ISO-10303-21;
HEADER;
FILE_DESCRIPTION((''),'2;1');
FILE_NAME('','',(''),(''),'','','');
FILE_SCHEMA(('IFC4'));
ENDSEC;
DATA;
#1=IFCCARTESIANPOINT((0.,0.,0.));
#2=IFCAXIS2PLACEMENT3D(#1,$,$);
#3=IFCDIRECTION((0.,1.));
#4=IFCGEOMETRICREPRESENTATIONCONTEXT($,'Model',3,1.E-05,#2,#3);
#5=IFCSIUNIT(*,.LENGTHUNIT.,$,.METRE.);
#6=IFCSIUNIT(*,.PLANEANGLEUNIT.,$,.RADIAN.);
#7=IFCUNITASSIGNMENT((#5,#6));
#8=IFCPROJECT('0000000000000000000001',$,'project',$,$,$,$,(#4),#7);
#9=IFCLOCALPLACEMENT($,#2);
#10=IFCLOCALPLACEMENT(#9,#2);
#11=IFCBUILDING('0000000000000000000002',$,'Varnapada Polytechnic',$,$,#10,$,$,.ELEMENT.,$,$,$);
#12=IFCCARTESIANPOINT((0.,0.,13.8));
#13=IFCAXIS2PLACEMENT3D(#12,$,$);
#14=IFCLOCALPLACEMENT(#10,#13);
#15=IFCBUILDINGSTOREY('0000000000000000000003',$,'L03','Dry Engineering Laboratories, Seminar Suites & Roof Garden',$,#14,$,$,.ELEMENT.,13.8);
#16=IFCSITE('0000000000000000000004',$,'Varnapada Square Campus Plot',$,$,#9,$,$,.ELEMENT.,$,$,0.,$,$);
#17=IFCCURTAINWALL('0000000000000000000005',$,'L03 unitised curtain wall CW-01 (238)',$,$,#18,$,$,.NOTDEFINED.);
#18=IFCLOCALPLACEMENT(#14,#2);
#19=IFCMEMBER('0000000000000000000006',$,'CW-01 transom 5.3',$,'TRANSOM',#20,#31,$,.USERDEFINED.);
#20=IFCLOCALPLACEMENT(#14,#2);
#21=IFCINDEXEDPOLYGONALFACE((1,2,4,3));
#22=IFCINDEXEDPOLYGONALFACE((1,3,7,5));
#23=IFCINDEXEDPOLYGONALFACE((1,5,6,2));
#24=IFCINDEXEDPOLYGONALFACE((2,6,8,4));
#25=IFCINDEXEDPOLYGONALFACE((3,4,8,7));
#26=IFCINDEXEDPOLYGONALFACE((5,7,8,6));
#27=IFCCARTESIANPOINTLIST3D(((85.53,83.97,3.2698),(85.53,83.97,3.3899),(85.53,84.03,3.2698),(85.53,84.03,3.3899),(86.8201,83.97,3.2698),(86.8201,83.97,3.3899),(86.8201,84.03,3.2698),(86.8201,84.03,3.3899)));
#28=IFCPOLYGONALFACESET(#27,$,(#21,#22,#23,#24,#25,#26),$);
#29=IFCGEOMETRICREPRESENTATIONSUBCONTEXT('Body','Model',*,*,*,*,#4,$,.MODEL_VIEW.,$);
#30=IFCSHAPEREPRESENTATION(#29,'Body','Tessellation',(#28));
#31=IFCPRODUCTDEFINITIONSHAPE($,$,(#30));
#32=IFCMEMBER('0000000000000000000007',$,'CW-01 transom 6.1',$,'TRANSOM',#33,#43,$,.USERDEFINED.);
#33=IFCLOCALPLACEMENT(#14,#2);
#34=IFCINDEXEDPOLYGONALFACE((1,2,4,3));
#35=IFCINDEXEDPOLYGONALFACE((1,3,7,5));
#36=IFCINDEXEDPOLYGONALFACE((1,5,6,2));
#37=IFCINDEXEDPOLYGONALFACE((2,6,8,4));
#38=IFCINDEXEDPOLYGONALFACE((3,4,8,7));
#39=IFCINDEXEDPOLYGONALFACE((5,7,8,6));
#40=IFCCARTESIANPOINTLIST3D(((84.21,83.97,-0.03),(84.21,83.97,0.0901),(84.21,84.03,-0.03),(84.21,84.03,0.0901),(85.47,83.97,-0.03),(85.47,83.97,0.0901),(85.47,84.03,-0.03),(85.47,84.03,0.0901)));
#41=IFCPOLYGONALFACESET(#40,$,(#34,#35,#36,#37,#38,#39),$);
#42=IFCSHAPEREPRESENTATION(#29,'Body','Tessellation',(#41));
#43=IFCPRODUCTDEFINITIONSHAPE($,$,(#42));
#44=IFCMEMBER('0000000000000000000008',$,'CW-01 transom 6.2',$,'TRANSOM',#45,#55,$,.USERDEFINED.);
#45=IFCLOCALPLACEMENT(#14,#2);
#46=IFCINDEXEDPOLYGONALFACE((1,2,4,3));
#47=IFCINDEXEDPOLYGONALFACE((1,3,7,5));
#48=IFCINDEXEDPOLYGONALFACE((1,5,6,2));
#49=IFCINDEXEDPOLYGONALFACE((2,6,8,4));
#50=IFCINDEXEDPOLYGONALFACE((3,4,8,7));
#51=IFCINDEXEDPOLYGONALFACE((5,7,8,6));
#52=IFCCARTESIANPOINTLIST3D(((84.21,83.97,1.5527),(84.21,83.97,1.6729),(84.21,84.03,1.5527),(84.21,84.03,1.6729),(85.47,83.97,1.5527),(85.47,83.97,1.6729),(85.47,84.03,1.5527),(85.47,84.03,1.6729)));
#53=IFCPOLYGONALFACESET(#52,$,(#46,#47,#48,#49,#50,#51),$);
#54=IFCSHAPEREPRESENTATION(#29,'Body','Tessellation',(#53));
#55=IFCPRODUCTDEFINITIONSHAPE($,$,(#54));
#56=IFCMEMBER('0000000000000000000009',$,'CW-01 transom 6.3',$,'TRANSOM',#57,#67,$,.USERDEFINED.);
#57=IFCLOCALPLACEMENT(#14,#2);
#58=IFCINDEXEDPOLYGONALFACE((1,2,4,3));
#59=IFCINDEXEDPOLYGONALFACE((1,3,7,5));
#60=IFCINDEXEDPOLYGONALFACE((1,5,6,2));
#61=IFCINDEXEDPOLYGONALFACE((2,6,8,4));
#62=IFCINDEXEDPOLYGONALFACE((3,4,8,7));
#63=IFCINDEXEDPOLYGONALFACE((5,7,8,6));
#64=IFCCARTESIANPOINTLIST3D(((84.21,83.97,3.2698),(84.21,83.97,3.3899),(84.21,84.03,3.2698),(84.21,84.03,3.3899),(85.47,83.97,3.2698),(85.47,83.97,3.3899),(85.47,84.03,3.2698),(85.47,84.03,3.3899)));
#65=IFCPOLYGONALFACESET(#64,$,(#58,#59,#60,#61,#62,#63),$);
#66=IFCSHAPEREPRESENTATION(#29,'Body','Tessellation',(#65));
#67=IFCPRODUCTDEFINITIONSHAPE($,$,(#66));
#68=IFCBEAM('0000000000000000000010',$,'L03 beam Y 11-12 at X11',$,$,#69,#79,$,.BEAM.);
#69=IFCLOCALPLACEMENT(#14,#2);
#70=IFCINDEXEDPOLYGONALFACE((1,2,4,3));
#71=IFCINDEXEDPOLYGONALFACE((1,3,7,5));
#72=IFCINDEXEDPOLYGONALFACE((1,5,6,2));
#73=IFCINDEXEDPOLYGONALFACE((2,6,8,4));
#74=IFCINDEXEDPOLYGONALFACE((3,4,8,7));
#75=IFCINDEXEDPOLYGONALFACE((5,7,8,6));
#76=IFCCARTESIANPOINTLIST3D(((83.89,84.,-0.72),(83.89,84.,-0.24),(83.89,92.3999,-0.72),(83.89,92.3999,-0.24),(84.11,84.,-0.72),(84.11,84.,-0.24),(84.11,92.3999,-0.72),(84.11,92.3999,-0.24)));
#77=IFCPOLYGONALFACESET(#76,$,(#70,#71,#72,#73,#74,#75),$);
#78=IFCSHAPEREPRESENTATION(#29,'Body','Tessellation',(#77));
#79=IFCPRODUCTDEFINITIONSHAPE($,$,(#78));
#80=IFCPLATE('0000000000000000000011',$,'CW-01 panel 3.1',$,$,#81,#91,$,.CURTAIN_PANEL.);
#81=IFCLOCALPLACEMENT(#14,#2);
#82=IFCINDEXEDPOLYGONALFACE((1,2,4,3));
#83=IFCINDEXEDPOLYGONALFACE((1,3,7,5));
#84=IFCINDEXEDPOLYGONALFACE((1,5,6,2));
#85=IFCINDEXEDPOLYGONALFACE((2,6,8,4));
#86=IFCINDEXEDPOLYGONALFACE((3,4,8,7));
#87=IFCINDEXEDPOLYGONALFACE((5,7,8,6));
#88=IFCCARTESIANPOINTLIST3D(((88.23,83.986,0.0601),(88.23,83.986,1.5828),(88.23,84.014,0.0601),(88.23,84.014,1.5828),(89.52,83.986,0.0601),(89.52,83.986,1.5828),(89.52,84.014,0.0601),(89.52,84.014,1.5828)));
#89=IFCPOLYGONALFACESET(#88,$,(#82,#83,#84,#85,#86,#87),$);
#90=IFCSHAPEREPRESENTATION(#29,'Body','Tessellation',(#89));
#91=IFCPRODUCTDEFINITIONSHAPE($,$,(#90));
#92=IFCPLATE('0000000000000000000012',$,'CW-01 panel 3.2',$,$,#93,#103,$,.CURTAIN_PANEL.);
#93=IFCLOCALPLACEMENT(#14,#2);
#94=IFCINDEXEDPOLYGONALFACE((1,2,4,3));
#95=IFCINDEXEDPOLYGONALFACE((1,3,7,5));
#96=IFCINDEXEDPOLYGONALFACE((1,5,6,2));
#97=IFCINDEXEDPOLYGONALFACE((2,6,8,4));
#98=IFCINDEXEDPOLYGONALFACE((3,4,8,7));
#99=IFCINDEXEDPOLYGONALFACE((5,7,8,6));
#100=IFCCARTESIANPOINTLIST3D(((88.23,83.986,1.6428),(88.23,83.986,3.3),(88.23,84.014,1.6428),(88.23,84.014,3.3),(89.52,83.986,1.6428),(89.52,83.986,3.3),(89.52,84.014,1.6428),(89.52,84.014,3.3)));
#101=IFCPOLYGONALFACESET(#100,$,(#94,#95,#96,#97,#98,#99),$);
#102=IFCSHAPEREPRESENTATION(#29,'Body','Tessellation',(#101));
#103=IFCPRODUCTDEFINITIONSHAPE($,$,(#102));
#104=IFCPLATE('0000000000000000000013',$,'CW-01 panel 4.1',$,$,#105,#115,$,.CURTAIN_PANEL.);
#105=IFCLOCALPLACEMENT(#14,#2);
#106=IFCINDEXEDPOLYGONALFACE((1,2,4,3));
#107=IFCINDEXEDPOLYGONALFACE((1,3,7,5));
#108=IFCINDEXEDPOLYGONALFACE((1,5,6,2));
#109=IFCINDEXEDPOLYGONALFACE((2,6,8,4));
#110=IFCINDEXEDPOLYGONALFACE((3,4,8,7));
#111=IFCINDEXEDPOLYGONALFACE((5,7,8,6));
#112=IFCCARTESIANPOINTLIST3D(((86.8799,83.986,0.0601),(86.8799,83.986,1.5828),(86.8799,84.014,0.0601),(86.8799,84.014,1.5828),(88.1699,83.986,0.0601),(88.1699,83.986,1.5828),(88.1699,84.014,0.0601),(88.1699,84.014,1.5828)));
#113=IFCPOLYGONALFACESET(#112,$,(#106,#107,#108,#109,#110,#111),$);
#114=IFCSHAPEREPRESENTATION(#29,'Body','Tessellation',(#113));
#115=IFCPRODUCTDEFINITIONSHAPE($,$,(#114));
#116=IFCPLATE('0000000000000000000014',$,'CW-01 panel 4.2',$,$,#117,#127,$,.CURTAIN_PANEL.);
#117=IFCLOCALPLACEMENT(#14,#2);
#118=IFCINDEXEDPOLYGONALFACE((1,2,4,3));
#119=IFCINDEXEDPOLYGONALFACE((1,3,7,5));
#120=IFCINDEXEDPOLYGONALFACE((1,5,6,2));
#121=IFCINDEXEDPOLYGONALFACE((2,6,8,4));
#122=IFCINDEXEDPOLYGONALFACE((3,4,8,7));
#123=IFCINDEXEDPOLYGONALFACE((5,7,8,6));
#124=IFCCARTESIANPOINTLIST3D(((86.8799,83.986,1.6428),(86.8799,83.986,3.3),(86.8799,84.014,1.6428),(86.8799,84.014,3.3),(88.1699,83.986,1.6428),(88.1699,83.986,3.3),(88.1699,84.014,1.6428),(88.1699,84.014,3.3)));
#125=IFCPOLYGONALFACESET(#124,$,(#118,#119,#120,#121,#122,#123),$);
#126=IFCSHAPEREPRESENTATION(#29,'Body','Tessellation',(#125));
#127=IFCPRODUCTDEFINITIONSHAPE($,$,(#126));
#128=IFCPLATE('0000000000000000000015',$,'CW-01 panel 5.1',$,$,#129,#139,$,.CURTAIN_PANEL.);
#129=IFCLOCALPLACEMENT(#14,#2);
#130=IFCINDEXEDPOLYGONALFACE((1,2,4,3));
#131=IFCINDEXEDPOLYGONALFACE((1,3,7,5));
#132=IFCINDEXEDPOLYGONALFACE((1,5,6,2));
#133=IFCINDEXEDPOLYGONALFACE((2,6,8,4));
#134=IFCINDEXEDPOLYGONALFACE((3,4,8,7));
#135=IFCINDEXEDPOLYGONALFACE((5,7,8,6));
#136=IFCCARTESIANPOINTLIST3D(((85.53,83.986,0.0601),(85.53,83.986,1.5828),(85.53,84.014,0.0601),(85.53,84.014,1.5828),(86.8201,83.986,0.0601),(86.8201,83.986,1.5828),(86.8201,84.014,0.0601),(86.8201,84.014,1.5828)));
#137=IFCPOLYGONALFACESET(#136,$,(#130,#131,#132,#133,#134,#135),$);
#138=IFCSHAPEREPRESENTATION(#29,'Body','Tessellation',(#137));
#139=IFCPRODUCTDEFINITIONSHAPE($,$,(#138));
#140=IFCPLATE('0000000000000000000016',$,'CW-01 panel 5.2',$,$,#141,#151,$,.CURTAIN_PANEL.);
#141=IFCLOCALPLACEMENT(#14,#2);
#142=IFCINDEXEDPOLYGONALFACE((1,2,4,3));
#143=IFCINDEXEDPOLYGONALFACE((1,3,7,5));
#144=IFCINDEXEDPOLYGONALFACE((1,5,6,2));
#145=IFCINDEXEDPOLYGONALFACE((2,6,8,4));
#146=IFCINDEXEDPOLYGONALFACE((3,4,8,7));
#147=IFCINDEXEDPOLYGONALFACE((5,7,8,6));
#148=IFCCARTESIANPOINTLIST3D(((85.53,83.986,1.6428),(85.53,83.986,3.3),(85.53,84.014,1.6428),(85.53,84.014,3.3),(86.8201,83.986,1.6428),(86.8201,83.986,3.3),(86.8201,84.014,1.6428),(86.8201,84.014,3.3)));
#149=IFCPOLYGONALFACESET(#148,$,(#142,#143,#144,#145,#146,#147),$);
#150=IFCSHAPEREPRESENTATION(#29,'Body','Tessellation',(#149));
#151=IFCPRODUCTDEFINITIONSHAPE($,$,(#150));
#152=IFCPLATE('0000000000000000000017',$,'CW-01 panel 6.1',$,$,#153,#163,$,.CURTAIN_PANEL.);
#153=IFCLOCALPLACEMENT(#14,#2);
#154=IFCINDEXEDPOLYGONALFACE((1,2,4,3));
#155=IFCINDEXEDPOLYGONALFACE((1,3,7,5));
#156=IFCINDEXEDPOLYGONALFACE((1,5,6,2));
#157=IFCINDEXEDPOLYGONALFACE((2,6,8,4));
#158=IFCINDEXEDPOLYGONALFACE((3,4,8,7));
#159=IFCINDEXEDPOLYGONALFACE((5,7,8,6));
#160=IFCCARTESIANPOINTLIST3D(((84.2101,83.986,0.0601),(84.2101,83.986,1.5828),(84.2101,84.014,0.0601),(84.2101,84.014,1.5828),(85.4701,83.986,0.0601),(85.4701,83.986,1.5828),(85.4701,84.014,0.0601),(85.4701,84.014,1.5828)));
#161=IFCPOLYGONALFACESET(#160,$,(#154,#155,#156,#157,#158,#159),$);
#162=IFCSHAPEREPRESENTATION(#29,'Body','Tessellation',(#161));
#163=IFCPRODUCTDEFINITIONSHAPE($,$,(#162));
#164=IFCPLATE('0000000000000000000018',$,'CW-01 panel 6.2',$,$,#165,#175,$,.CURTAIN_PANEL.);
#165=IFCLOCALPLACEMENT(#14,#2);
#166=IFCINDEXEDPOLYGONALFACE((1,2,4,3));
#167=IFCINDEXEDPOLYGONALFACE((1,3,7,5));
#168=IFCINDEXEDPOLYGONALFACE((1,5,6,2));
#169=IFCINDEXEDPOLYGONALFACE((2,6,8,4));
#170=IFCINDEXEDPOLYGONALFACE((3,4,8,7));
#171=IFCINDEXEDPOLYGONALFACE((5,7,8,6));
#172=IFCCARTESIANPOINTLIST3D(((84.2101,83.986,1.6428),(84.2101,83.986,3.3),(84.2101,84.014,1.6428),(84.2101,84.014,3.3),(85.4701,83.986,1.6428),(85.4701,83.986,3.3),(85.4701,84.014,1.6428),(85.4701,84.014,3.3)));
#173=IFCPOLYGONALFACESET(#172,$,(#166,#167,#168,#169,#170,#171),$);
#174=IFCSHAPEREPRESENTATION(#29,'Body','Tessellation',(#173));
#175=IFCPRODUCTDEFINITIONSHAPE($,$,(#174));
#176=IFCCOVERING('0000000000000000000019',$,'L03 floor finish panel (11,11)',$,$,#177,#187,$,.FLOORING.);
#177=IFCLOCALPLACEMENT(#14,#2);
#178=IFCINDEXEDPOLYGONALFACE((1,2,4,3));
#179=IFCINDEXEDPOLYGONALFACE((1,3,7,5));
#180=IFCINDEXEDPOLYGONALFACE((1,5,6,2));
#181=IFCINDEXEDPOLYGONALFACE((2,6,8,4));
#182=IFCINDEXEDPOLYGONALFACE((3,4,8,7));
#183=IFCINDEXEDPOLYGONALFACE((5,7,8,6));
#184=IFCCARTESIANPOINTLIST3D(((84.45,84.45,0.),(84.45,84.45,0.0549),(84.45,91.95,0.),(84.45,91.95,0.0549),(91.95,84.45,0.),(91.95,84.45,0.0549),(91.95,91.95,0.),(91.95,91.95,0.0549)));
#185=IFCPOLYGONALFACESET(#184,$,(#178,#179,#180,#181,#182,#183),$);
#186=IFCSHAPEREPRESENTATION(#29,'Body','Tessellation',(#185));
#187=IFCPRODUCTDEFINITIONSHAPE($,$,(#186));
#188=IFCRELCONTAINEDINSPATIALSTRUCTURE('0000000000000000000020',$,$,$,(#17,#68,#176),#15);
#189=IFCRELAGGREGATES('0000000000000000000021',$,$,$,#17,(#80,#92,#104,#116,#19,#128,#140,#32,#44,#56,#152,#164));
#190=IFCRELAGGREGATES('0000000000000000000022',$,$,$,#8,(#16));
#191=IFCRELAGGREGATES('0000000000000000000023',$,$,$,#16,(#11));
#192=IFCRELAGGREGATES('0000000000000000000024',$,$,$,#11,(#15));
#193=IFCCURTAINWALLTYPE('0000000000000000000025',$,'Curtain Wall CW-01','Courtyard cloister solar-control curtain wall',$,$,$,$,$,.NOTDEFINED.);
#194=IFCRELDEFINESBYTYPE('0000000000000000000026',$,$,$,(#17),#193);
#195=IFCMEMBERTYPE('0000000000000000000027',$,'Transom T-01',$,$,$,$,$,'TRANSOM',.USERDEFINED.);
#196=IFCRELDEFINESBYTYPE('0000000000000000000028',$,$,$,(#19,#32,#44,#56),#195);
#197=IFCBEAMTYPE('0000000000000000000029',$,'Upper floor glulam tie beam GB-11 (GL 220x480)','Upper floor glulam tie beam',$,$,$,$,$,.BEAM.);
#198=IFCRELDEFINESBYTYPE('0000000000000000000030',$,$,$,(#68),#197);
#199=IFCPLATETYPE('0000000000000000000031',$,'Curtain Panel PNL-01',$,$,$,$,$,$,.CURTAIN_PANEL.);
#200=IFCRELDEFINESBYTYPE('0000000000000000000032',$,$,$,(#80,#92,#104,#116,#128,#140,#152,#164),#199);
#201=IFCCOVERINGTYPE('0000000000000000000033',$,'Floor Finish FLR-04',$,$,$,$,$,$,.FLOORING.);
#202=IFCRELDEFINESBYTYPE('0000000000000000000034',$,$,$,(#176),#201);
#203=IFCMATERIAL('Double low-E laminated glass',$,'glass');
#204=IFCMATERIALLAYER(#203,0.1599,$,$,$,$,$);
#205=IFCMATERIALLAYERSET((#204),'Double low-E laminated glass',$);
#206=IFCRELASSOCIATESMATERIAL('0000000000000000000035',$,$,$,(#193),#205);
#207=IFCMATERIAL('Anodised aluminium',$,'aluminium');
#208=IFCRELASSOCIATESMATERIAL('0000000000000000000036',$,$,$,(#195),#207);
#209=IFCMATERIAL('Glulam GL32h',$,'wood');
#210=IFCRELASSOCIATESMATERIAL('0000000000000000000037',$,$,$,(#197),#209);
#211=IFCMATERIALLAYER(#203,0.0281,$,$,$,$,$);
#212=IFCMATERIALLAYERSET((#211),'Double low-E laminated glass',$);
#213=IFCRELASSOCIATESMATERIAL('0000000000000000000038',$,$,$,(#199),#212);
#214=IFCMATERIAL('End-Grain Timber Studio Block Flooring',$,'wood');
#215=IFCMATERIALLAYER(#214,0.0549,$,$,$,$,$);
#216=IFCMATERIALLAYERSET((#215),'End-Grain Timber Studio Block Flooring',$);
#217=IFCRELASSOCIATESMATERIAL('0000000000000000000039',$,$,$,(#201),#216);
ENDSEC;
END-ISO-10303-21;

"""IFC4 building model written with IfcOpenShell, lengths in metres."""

from ifc_helpers import new_model, si_unit, direction, frame, origin, origin_2d, place, context, subcontext, project, spatial, rectangle, extrude, material, layer, layer_set, material_profile, profile_set, type_object, element, aggregate, save


model = new_model("IFC4")

# Units and contexts
model_context = context("Model", 3, precision=1e-05, world=origin(), true_north=direction((0.0, 1.0)))
body_context = subcontext(model_context, "Body", "Model", "MODEL_VIEW")
ifc_project = project(units=[si_unit("LENGTHUNIT", "METRE"), si_unit("PLANEANGLEUNIT", "RADIAN")], contexts=[model_context])

# Site, building, storey
site_placement = place(None, origin())
site = spatial("IfcSite", under=ifc_project, at=site_placement, Name="Varnapada Square Campus Plot", CompositionType="ELEMENT", RefElevation=0.0)
building_placement = place(site_placement, origin())
building = spatial("IfcBuilding", under=site, at=building_placement, Name="Varnapada Polytechnic", CompositionType="ELEMENT")
storey_placement = place(building_placement, frame((0.0, 0.0, 13.8)))
storey = spatial("IfcBuildingStorey", under=building, at=storey_placement, Name="L03", Description="Dry Engineering Laboratories, Seminar Suites & Roof Garden", CompositionType="ELEMENT", Elevation=13.8)

# Shared definitions
ifc_material_1 = material(Name="Glulam GL32h", Category="wood")

# Curtain wall
ifc_material_2 = material(Name="Double low-E laminated glass", Category="glass")
ifc_layer_1 = layer(ifc_material_2, 0.1599)
ifc_layer_set_1 = layer_set([ifc_layer_1], Name="Double low-E laminated glass")
curtain_wall_type = type_object("IfcCurtainWallType", Name="Curtain Wall CW-01", Description="Courtyard cloister solar-control curtain wall", PredefinedType="NOTDEFINED", material=ifc_layer_set_1)
curtain_wall_placement = place(storey_placement, origin())
curtain_wall = element("IfcCurtainWall", 1, at=curtain_wall_placement, inside=storey, type_object=curtain_wall_type, Name="L03 unitised curtain wall CW-01 (238)", PredefinedType="NOTDEFINED")
ifc_material_3 = material(Name="Anodised aluminium", Category="aluminium")

# Members
ifc_material_profile_1 = material_profile(ifc_material_3, rectangle(XDim=0.0601, YDim=0.1201, at=origin_2d()), Name="ALU T60x120")
ifc_profile_set_1 = profile_set([ifc_material_profile_1], Name="Anodised aluminium")
member_type_1 = type_object("IfcMemberType", Name="Transom T-01", ElementType="TRANSOM", PredefinedType="USERDEFINED", material=ifc_profile_set_1)
member_1_placement = place(storey_placement, frame((86.8201, 84.0, 3.3298), z_axis=(-1.0, 0.0, 0.0), x_axis=(0.0, -1.0, 0.0)))
member_1 = element("IfcMember", 2, at=member_1_placement, type_object=member_type_1, Name="CW-01 transom 5.3", ObjectType="TRANSOM", PredefinedType="USERDEFINED", context=body_context, shape_type="SweptSolid", body=[
    extrude(rectangle(XDim=0.0601, YDim=0.1201, at=origin_2d()), origin(), (0.0, 0.0, 1.0), 1.29),
])
member_2_placement = place(storey_placement, frame((85.47, 84.0, 0.03), z_axis=(-1.0, 0.0, 0.0), x_axis=(0.0, -1.0, 0.0)))
member_2 = element("IfcMember", 3, at=member_2_placement, type_object=member_type_1, Name="CW-01 transom 6.1", ObjectType="TRANSOM", PredefinedType="USERDEFINED", context=body_context, shape_type="SweptSolid", body=[
    extrude(rectangle(XDim=0.0601, YDim=0.1201, at=origin_2d()), origin(), (0.0, 0.0, 1.0), 1.26),
])
member_3_placement = place(storey_placement, frame((85.47, 84.0, 1.6128), z_axis=(-1.0, 0.0, 0.0), x_axis=(0.0, -1.0, 0.0)))
member_3 = element("IfcMember", 4, at=member_3_placement, type_object=member_type_1, Name="CW-01 transom 6.2", ObjectType="TRANSOM", PredefinedType="USERDEFINED", context=body_context, shape_type="SweptSolid", body=[
    extrude(rectangle(XDim=0.0601, YDim=0.1201, at=origin_2d()), origin(), (0.0, 0.0, 1.0), 1.26),
])
member_4_placement = place(storey_placement, frame((85.47, 84.0, 3.3298), z_axis=(-1.0, 0.0, 0.0), x_axis=(0.0, -1.0, 0.0)))
member_4 = element("IfcMember", 5, at=member_4_placement, type_object=member_type_1, Name="CW-01 transom 6.3", ObjectType="TRANSOM", PredefinedType="USERDEFINED", context=body_context, shape_type="SweptSolid", body=[
    extrude(rectangle(XDim=0.0601, YDim=0.1201, at=origin_2d()), origin(), (0.0, 0.0, 1.0), 1.26),
])

# Beam
ifc_material_profile_2 = material_profile(ifc_material_1, rectangle(XDim=0.22, YDim=0.48, at=origin_2d()), Name="GL 220x480")
ifc_profile_set_2 = profile_set([ifc_material_profile_2], Name="Glulam GL32h")
beam_type_1 = type_object("IfcBeamType", Name="Upper floor glulam tie beam GB-11 (GL 220x480)", Description="Upper floor glulam tie beam", PredefinedType="BEAM", material=ifc_profile_set_2)
beam_1_placement = place(storey_placement, frame((84.0, 84.0, -0.48), z_axis=(0.0, 1.0, 0.0), x_axis=(-1.0, 0.0, 0.0)))
element("IfcBeam", 6, at=beam_1_placement, inside=storey, type_object=beam_type_1, Name="L03 beam Y 11-12 at X11", PredefinedType="BEAM", context=body_context, shape_type="SweptSolid", body=[
    extrude(rectangle(XDim=0.22, YDim=0.48, at=origin_2d()), origin(), (0.0, 0.0, 1.0), 8.3999),
])

# Plates
ifc_layer_2 = layer(ifc_material_2, 0.0281)
ifc_layer_set_2 = layer_set([ifc_layer_2], Name="Double low-E laminated glass")
plate_type = type_object("IfcPlateType", Name="Curtain Panel PNL-01", PredefinedType="CURTAIN_PANEL", material=ifc_layer_set_2)
plate_1_placement = place(storey_placement, frame((88.875, 84.0, 0.0601), z_axis=(0.0, 0.0, 1.0), x_axis=(-1.0, 0.0, 0.0)))
plate_1 = element("IfcPlate", 7, at=plate_1_placement, type_object=plate_type, Name="CW-01 panel 3.1", PredefinedType="CURTAIN_PANEL", context=body_context, shape_type="SweptSolid", body=[
    extrude(rectangle(XDim=1.29, YDim=0.0281, at=origin_2d()), origin(), (0.0, 0.0, 1.0), 1.5227),
])
plate_2_placement = place(storey_placement, frame((88.875, 84.0, 1.6428), z_axis=(0.0, 0.0, 1.0), x_axis=(-1.0, 0.0, 0.0)))
plate_2 = element("IfcPlate", 8, at=plate_2_placement, type_object=plate_type, Name="CW-01 panel 3.2", PredefinedType="CURTAIN_PANEL", context=body_context, shape_type="SweptSolid", body=[
    extrude(rectangle(XDim=1.29, YDim=0.0281, at=origin_2d()), origin(), (0.0, 0.0, 1.0), 1.6572),
])
plate_3_placement = place(storey_placement, frame((87.5249, 84.0, 0.0601), z_axis=(0.0, 0.0, 1.0), x_axis=(-1.0, 0.0, 0.0)))
plate_3 = element("IfcPlate", 9, at=plate_3_placement, type_object=plate_type, Name="CW-01 panel 4.1", PredefinedType="CURTAIN_PANEL", context=body_context, shape_type="SweptSolid", body=[
    extrude(rectangle(XDim=1.29, YDim=0.0281, at=origin_2d()), origin(), (0.0, 0.0, 1.0), 1.5227),
])
plate_4_placement = place(storey_placement, frame((87.5249, 84.0, 1.6428), z_axis=(0.0, 0.0, 1.0), x_axis=(-1.0, 0.0, 0.0)))
plate_4 = element("IfcPlate", 10, at=plate_4_placement, type_object=plate_type, Name="CW-01 panel 4.2", PredefinedType="CURTAIN_PANEL", context=body_context, shape_type="SweptSolid", body=[
    extrude(rectangle(XDim=1.29, YDim=0.0281, at=origin_2d()), origin(), (0.0, 0.0, 1.0), 1.6572),
])
plate_5_placement = place(storey_placement, frame((86.175, 84.0, 0.0601), z_axis=(0.0, 0.0, 1.0), x_axis=(-1.0, 0.0, 0.0)))
plate_5 = element("IfcPlate", 11, at=plate_5_placement, type_object=plate_type, Name="CW-01 panel 5.1", PredefinedType="CURTAIN_PANEL", context=body_context, shape_type="SweptSolid", body=[
    extrude(rectangle(XDim=1.29, YDim=0.0281, at=origin_2d()), origin(), (0.0, 0.0, 1.0), 1.5227),
])
plate_6_placement = place(storey_placement, frame((86.175, 84.0, 1.6428), z_axis=(0.0, 0.0, 1.0), x_axis=(-1.0, 0.0, 0.0)))
plate_6 = element("IfcPlate", 12, at=plate_6_placement, type_object=plate_type, Name="CW-01 panel 5.2", PredefinedType="CURTAIN_PANEL", context=body_context, shape_type="SweptSolid", body=[
    extrude(rectangle(XDim=1.29, YDim=0.0281, at=origin_2d()), origin(), (0.0, 0.0, 1.0), 1.6572),
])
plate_7_placement = place(storey_placement, frame((84.8401, 84.0, 0.0601), z_axis=(0.0, 0.0, 1.0), x_axis=(-1.0, 0.0, 0.0)))
plate_7 = element("IfcPlate", 13, at=plate_7_placement, type_object=plate_type, Name="CW-01 panel 6.1", PredefinedType="CURTAIN_PANEL", context=body_context, shape_type="SweptSolid", body=[
    extrude(rectangle(XDim=1.26, YDim=0.0281, at=origin_2d()), origin(), (0.0, 0.0, 1.0), 1.5227),
])
plate_8_placement = place(storey_placement, frame((84.8401, 84.0, 1.6428), z_axis=(0.0, 0.0, 1.0), x_axis=(-1.0, 0.0, 0.0)))
plate_8 = element("IfcPlate", 14, at=plate_8_placement, type_object=plate_type, Name="CW-01 panel 6.2", PredefinedType="CURTAIN_PANEL", context=body_context, shape_type="SweptSolid", body=[
    extrude(rectangle(XDim=1.26, YDim=0.0281, at=origin_2d()), origin(), (0.0, 0.0, 1.0), 1.6572),
])
aggregate(curtain_wall, [plate_1, plate_2, plate_3, plate_4, member_1, plate_5, plate_6, member_2, member_3, member_4, plate_7, plate_8])

# Covering
ifc_material_4 = material(Name="End-Grain Timber Studio Block Flooring", Category="wood")
ifc_layer_3 = layer(ifc_material_4, 0.0549)
ifc_layer_set_3 = layer_set([ifc_layer_3], Name="End-Grain Timber Studio Block Flooring")
covering_type = type_object("IfcCoveringType", Name="Floor Finish FLR-04", PredefinedType="FLOORING", material=ifc_layer_set_3)
covering_placement = place(storey_placement, frame((88.2, 88.2, 0.0), z_axis=(0.0, 0.0, 1.0), x_axis=(1.0, 0.0, 0.0)))
element("IfcCovering", 15, at=covering_placement, inside=storey, type_object=covering_type, Name="L03 floor finish panel (11,11)", PredefinedType="FLOORING", context=body_context, shape_type="SweptSolid", body=[
    extrude(rectangle(XDim=7.5, YDim=7.5, at=origin_2d()), origin(), (0.0, 0.0, 1.0), 0.0549),
])

save(model, "model.ifc")
